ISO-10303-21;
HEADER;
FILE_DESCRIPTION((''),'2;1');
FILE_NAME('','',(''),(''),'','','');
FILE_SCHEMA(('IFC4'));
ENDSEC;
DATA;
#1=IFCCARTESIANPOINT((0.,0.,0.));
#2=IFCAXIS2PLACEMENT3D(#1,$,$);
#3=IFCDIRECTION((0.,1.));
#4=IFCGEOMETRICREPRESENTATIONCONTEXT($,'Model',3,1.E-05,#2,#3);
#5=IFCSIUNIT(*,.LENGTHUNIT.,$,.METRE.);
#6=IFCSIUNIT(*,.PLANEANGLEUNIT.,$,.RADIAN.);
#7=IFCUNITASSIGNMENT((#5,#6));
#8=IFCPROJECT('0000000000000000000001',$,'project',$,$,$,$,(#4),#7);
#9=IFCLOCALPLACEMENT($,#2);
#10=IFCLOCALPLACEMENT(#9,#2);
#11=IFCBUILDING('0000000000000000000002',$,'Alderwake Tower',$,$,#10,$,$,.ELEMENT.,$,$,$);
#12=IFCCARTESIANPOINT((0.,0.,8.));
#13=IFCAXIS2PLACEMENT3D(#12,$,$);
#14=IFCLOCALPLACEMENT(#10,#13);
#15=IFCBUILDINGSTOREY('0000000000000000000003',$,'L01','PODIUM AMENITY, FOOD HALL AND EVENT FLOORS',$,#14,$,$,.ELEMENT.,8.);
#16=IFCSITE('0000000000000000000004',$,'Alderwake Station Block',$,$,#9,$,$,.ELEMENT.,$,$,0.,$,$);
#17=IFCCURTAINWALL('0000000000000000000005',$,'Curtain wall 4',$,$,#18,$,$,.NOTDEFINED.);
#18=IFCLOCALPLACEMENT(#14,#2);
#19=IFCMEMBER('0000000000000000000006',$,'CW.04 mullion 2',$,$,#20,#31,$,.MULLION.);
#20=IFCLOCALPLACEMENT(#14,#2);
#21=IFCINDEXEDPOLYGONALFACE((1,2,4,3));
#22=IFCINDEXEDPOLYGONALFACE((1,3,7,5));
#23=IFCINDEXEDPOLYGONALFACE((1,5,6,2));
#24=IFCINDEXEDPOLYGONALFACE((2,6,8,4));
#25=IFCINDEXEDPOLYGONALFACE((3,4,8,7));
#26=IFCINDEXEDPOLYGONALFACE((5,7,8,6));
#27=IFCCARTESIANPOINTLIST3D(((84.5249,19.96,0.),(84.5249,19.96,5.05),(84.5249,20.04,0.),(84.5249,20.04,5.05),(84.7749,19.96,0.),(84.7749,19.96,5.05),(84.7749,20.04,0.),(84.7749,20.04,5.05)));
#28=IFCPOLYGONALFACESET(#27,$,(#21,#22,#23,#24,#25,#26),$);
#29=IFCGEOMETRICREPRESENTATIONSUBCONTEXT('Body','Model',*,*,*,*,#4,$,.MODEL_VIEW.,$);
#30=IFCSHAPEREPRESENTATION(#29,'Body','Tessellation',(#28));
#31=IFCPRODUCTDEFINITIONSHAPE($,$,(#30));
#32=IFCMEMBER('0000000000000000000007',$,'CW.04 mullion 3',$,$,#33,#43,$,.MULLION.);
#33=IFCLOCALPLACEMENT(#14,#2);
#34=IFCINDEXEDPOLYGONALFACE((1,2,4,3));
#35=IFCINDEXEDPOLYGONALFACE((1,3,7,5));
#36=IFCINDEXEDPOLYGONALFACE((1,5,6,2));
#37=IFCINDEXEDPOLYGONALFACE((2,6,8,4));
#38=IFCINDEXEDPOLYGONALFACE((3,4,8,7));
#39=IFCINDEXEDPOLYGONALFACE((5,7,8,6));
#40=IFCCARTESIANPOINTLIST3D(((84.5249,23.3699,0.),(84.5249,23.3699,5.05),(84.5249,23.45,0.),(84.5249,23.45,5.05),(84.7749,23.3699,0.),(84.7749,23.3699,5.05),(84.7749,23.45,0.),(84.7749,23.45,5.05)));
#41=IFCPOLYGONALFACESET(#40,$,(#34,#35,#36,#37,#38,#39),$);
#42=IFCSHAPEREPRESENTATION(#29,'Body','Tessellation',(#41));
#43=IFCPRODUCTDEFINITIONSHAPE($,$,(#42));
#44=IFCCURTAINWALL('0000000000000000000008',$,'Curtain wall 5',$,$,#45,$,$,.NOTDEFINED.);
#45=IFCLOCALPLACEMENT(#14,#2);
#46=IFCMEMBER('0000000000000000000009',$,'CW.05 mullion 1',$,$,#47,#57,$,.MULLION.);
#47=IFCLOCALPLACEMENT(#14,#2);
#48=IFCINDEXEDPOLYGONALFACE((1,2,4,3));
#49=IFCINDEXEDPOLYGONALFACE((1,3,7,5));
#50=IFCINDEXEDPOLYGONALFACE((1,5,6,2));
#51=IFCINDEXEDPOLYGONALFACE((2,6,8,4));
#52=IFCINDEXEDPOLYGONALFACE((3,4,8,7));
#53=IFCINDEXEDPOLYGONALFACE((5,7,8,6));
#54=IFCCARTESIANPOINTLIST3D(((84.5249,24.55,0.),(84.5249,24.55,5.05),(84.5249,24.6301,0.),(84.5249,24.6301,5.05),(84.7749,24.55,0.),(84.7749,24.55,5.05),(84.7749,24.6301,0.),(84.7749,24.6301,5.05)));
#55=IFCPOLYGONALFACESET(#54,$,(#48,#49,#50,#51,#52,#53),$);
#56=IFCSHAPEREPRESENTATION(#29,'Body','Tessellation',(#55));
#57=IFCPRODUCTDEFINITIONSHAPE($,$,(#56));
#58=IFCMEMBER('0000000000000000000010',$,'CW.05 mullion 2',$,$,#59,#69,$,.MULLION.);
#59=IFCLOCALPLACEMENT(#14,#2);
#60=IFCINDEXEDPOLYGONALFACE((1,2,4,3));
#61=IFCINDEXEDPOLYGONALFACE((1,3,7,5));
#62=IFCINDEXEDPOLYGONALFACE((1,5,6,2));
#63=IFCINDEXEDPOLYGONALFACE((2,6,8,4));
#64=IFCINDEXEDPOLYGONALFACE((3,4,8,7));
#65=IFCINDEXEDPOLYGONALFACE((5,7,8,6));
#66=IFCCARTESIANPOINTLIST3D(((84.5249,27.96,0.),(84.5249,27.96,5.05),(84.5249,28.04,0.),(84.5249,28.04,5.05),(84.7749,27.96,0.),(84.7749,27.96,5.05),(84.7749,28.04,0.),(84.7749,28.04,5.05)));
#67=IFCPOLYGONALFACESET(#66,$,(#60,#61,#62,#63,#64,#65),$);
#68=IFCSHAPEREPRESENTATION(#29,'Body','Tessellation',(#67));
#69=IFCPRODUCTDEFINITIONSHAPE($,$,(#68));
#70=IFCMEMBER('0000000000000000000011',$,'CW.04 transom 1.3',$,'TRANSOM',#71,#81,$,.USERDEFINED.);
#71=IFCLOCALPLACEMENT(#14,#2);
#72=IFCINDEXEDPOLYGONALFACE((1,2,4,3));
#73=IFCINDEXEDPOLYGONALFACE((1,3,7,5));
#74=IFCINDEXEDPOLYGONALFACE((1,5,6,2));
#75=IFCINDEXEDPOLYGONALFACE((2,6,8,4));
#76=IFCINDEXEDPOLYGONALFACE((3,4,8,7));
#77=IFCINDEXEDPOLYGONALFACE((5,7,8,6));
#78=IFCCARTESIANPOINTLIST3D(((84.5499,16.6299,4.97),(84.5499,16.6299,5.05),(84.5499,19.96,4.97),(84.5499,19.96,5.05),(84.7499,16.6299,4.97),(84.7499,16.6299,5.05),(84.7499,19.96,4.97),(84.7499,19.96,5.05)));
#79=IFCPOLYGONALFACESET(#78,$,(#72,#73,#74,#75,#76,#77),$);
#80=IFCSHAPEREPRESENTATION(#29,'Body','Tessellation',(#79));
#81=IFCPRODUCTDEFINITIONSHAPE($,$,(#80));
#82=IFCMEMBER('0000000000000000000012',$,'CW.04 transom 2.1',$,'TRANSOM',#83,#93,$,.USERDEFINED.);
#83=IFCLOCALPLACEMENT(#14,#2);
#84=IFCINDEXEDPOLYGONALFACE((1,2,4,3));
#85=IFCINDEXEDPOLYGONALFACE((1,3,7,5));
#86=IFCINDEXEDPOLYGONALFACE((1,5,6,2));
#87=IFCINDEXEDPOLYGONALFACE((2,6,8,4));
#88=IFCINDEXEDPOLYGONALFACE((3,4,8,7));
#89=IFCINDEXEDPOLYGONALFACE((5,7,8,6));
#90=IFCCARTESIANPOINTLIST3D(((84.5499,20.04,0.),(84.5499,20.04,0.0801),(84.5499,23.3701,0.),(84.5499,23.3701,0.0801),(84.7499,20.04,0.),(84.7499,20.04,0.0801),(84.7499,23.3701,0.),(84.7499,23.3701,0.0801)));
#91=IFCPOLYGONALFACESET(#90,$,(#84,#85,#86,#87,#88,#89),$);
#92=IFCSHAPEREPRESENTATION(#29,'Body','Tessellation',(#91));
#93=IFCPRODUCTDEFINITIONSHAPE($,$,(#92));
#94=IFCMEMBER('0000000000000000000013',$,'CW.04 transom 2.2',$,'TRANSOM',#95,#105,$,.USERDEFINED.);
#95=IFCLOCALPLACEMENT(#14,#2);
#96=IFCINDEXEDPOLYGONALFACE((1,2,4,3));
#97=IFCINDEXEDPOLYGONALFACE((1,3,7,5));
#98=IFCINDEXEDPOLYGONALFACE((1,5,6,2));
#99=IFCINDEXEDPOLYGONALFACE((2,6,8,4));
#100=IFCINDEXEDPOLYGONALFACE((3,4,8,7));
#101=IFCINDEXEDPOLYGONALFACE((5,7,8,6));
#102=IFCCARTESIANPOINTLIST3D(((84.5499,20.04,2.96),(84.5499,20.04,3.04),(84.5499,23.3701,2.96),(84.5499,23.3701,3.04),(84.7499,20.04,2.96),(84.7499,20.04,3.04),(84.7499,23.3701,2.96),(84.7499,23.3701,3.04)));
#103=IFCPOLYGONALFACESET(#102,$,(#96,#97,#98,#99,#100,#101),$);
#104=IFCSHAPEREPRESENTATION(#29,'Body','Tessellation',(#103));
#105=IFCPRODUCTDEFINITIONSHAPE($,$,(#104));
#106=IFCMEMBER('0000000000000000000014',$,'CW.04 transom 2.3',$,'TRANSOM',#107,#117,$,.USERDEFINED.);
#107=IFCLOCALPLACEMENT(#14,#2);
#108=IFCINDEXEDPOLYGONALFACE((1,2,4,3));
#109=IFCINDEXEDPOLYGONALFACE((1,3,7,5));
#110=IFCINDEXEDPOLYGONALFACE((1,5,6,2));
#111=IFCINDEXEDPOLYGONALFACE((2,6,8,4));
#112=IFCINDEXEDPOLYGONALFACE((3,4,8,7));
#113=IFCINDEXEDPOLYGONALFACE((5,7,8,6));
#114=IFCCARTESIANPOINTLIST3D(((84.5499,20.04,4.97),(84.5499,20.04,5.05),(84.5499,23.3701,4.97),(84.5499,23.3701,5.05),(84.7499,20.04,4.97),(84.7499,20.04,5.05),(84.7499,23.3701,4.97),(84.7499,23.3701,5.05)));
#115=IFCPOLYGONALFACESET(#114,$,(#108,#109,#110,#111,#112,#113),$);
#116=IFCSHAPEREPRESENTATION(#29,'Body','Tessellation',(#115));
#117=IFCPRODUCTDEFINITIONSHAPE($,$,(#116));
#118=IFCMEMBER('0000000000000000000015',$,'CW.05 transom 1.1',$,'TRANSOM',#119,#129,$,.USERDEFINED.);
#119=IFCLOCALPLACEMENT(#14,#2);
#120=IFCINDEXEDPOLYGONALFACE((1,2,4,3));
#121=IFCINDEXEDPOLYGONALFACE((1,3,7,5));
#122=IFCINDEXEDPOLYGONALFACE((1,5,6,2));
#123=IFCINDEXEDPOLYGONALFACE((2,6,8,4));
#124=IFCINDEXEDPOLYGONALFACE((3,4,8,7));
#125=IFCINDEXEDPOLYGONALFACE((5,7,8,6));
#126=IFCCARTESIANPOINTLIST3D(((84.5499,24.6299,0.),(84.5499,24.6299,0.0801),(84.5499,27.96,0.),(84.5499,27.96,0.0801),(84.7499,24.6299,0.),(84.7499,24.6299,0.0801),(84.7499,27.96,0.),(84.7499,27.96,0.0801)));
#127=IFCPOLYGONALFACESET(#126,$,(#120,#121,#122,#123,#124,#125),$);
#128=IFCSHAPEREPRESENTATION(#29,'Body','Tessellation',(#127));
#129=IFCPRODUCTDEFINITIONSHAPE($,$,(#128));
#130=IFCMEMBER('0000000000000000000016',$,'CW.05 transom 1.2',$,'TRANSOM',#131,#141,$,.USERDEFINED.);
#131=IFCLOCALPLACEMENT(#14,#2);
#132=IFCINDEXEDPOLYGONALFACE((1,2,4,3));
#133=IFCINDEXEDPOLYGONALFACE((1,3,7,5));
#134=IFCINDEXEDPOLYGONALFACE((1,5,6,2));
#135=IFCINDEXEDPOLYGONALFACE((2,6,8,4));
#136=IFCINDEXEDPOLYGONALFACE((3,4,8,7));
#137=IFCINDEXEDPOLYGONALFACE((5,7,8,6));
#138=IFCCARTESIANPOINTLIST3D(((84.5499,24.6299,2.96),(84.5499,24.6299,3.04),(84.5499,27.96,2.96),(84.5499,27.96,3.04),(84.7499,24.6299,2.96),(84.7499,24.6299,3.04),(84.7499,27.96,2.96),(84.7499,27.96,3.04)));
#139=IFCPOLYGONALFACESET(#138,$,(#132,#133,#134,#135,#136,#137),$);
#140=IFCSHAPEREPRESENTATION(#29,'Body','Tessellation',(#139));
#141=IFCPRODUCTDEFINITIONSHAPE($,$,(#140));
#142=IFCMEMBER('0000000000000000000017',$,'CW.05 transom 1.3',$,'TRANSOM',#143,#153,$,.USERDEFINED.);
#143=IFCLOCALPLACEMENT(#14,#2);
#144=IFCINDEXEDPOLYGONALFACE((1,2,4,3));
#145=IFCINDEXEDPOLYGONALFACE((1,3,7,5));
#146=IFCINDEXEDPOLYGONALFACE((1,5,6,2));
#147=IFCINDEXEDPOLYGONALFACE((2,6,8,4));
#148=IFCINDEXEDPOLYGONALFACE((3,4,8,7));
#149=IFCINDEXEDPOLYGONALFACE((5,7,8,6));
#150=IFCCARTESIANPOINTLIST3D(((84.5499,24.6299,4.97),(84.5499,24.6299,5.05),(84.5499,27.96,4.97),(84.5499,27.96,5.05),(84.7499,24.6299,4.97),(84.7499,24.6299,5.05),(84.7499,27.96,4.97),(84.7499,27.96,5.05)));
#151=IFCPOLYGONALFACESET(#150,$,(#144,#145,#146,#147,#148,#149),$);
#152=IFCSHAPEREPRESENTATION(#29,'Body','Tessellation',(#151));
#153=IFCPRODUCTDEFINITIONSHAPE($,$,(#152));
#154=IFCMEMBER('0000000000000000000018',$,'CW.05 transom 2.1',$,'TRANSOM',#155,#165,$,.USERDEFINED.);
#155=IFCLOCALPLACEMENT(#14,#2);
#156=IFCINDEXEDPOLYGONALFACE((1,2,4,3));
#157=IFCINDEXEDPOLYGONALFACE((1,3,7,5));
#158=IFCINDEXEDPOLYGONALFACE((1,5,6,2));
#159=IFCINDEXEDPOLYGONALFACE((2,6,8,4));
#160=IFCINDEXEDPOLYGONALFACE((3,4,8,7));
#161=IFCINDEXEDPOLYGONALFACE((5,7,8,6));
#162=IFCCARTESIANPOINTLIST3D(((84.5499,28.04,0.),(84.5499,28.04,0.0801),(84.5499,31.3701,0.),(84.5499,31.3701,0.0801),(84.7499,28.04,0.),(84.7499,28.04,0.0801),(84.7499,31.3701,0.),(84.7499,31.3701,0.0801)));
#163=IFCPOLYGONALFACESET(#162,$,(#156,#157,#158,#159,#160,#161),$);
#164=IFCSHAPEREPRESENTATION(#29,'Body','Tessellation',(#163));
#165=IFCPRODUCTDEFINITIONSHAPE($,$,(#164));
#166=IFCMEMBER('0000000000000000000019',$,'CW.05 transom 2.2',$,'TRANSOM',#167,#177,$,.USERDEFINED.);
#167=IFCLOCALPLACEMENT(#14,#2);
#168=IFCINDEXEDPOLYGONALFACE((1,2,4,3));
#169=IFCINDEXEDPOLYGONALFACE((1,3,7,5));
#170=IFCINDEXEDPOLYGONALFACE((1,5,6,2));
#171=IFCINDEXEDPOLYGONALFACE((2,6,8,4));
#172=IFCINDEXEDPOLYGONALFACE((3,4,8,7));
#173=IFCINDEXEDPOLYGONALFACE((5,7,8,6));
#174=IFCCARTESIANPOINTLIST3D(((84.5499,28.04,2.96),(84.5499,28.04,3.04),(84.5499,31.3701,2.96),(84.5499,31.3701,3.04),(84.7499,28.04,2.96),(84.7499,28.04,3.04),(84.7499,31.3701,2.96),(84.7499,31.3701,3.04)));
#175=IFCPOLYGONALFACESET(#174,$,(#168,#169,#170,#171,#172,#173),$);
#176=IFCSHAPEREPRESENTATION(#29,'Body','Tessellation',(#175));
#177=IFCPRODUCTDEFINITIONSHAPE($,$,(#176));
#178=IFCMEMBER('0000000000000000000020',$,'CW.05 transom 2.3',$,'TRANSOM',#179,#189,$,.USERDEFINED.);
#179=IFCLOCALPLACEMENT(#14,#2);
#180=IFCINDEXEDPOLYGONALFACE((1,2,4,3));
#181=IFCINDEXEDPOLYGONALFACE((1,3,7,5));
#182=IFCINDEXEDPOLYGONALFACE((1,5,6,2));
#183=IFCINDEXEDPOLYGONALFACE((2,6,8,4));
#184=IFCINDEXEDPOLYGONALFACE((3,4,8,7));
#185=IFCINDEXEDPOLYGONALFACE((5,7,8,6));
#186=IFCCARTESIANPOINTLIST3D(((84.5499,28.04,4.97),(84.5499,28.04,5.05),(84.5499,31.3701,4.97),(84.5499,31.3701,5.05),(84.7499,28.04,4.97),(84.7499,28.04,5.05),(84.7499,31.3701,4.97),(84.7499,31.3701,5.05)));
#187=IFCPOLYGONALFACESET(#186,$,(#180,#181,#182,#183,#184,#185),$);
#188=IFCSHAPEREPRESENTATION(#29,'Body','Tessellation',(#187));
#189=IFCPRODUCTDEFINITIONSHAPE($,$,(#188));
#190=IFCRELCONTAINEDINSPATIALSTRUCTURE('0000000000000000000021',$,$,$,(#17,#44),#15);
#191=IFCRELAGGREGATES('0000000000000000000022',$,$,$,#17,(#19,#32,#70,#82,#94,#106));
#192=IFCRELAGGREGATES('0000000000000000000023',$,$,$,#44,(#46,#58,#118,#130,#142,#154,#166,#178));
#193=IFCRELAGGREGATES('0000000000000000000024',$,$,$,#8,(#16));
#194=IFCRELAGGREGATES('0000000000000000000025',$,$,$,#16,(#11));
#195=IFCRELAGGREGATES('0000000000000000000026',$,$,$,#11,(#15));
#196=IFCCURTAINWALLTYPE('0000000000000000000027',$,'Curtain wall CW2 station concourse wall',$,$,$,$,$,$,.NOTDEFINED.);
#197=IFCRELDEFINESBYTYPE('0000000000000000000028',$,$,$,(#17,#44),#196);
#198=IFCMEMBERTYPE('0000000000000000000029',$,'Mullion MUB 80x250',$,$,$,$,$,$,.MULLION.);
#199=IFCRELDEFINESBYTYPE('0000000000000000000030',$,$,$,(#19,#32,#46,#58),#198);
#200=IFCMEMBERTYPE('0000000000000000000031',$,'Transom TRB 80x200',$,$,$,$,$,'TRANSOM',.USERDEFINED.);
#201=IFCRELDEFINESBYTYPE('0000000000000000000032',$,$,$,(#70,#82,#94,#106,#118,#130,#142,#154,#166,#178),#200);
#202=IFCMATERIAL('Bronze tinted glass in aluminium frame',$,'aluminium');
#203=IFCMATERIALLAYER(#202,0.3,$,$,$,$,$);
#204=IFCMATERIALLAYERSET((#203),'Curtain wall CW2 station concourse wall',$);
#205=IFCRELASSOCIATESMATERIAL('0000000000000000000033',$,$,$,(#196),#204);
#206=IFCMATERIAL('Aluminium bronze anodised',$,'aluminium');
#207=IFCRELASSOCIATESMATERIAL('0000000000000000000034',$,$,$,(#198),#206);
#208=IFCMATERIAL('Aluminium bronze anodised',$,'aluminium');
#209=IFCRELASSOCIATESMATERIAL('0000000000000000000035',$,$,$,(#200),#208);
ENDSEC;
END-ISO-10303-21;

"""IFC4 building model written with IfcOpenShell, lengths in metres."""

from ifc_helpers import new_model, si_unit, direction, frame, origin, origin_2d, place, context, subcontext, project, spatial, rectangle, extrude, material, layer, layer_set, material_profile, profile_set, type_object, element, aggregate, save


model = new_model("IFC4")

# Units and contexts
model_context = context("Model", 3, precision=1e-05, world=origin(), true_north=direction((0.0, 1.0)))
body_context = subcontext(model_context, "Body", "Model", "MODEL_VIEW")
ifc_project = project(units=[si_unit("LENGTHUNIT", "METRE"), si_unit("PLANEANGLEUNIT", "RADIAN")], contexts=[model_context])

# Site, building, storey
site_placement = place(None, origin())
site = spatial("IfcSite", under=ifc_project, at=site_placement, Name="Alderwake Station Block", CompositionType="ELEMENT", RefElevation=0.0)
building_placement = place(site_placement, origin())
building = spatial("IfcBuilding", under=site, at=building_placement, Name="Alderwake Tower", CompositionType="ELEMENT")
storey_placement = place(building_placement, frame((0.0, 0.0, 8.0)))
storey = spatial("IfcBuildingStorey", under=building, at=storey_placement, Name="L01", Description="PODIUM AMENITY, FOOD HALL AND EVENT FLOORS", CompositionType="ELEMENT", Elevation=8.0)

# Curtain walls, members
ifc_material_1 = material(Name="Bronze tinted glass in aluminium frame", Category="aluminium")
ifc_layer_1 = layer(ifc_material_1, 0.3)
ifc_layer_set_1 = layer_set([ifc_layer_1], Name="Curtain wall CW2 station concourse wall")
curtain_wall_type = type_object("IfcCurtainWallType", Name="Curtain wall CW2 station concourse wall", PredefinedType="NOTDEFINED", material=ifc_layer_set_1)
curtain_wall_1_placement = place(storey_placement, origin())
curtain_wall_1 = element("IfcCurtainWall", 1, at=curtain_wall_1_placement, inside=storey, type_object=curtain_wall_type, Name="Curtain wall 4", PredefinedType="NOTDEFINED")
ifc_material_2 = material(Name="Aluminium bronze anodised", Category="aluminium")
ifc_material_profile_1 = material_profile(ifc_material_2, rectangle(XDim=0.25, YDim=0.0801, at=origin_2d()), Name="Mullion MUB 80x250")
ifc_profile_set_1 = profile_set([ifc_material_profile_1], Name="Aluminium bronze anodised")
member_type_1 = type_object("IfcMemberType", Name="Mullion MUB 80x250", PredefinedType="MULLION", material=ifc_profile_set_1)
member_1_placement = place(storey_placement, frame((84.6499, 20.0, 0.0), z_axis=(0.0, 0.0, 1.0), x_axis=(-1.0, 0.0, 0.0)))
member_1 = element("IfcMember", 2, at=member_1_placement, type_object=member_type_1, Name="CW.04 mullion 2", PredefinedType="MULLION", context=body_context, shape_type="SweptSolid", body=[
    extrude(rectangle(XDim=0.25, YDim=0.0801, at=origin_2d()), origin(), (0.0, 0.0, 1.0), 5.05),
])
member_2_placement = place(storey_placement, frame((84.6499, 23.4099, 0.0), z_axis=(0.0, 0.0, 1.0), x_axis=(-1.0, 0.0, 0.0)))
member_2 = element("IfcMember", 3, at=member_2_placement, type_object=member_type_1, Name="CW.04 mullion 3", PredefinedType="MULLION", context=body_context, shape_type="SweptSolid", body=[
    extrude(rectangle(XDim=0.25, YDim=0.0801, at=origin_2d()), origin(), (0.0, 0.0, 1.0), 5.05),
])
curtain_wall_2_placement = place(storey_placement, origin())
curtain_wall_2 = element("IfcCurtainWall", 4, at=curtain_wall_2_placement, inside=storey, type_object=curtain_wall_type, Name="Curtain wall 5", PredefinedType="NOTDEFINED")
member_3_placement = place(storey_placement, frame((84.6499, 24.5901, 0.0), z_axis=(0.0, 0.0, 1.0), x_axis=(-1.0, 0.0, 0.0)))
member_3 = element("IfcMember", 5, at=member_3_placement, type_object=member_type_1, Name="CW.05 mullion 1", PredefinedType="MULLION", context=body_context, shape_type="SweptSolid", body=[
    extrude(rectangle(XDim=0.25, YDim=0.0801, at=origin_2d()), origin(), (0.0, 0.0, 1.0), 5.05),
])
member_4_placement = place(storey_placement, frame((84.6499, 28.0, 0.0), z_axis=(0.0, 0.0, 1.0), x_axis=(-1.0, 0.0, 0.0)))
member_4 = element("IfcMember", 6, at=member_4_placement, type_object=member_type_1, Name="CW.05 mullion 2", PredefinedType="MULLION", context=body_context, shape_type="SweptSolid", body=[
    extrude(rectangle(XDim=0.25, YDim=0.0801, at=origin_2d()), origin(), (0.0, 0.0, 1.0), 5.05),
])

# Members
ifc_material_3 = material(Name="Aluminium bronze anodised", Category="aluminium")
ifc_material_profile_2 = material_profile(ifc_material_3, rectangle(XDim=0.2, YDim=0.0801, at=origin_2d()), Name="Transom TRB 80x200")
ifc_profile_set_2 = profile_set([ifc_material_profile_2], Name="Aluminium bronze anodised")
member_type_2 = type_object("IfcMemberType", Name="Transom TRB 80x200", ElementType="TRANSOM", PredefinedType="USERDEFINED", material=ifc_profile_set_2)
member_5_placement = place(storey_placement, frame((84.6499, 16.6299, 5.01), z_axis=(0.0, 1.0, 0.0), x_axis=(-1.0, 0.0, 0.0)))
member_5 = element("IfcMember", 7, at=member_5_placement, type_object=member_type_2, Name="CW.04 transom 1.3", ObjectType="TRANSOM", PredefinedType="USERDEFINED", context=body_context, shape_type="SweptSolid", body=[
    extrude(rectangle(XDim=0.2, YDim=0.0801, at=origin_2d()), origin(), (0.0, 0.0, 1.0), 3.3301),
])
member_6_placement = place(storey_placement, frame((84.6499, 20.04, 0.04), z_axis=(0.0, 1.0, 0.0), x_axis=(-1.0, 0.0, 0.0)))
member_6 = element("IfcMember", 8, at=member_6_placement, type_object=member_type_2, Name="CW.04 transom 2.1", ObjectType="TRANSOM", PredefinedType="USERDEFINED", context=body_context, shape_type="SweptSolid", body=[
    extrude(rectangle(XDim=0.2, YDim=0.0801, at=origin_2d()), origin(), (0.0, 0.0, 1.0), 3.3301),
])
member_7_placement = place(storey_placement, frame((84.6499, 20.04, 3.0), z_axis=(0.0, 1.0, 0.0), x_axis=(-1.0, 0.0, 0.0)))
member_7 = element("IfcMember", 9, at=member_7_placement, type_object=member_type_2, Name="CW.04 transom 2.2", ObjectType="TRANSOM", PredefinedType="USERDEFINED", context=body_context, shape_type="SweptSolid", body=[
    extrude(rectangle(XDim=0.2, YDim=0.0801, at=origin_2d()), origin(), (0.0, 0.0, 1.0), 3.3301),
])
member_8_placement = place(storey_placement, frame((84.6499, 20.04, 5.01), z_axis=(0.0, 1.0, 0.0), x_axis=(-1.0, 0.0, 0.0)))
member_8 = element("IfcMember", 10, at=member_8_placement, type_object=member_type_2, Name="CW.04 transom 2.3", ObjectType="TRANSOM", PredefinedType="USERDEFINED", context=body_context, shape_type="SweptSolid", body=[
    extrude(rectangle(XDim=0.2, YDim=0.0801, at=origin_2d()), origin(), (0.0, 0.0, 1.0), 3.3301),
])
member_9_placement = place(storey_placement, frame((84.6499, 24.6299, 0.04), z_axis=(0.0, 1.0, 0.0), x_axis=(-1.0, 0.0, 0.0)))
member_9 = element("IfcMember", 11, at=member_9_placement, type_object=member_type_2, Name="CW.05 transom 1.1", ObjectType="TRANSOM", PredefinedType="USERDEFINED", context=body_context, shape_type="SweptSolid", body=[
    extrude(rectangle(XDim=0.2, YDim=0.0801, at=origin_2d()), origin(), (0.0, 0.0, 1.0), 3.3301),
])
member_10_placement = place(storey_placement, frame((84.6499, 24.6299, 3.0), z_axis=(0.0, 1.0, 0.0), x_axis=(-1.0, 0.0, 0.0)))
member_10 = element("IfcMember", 12, at=member_10_placement, type_object=member_type_2, Name="CW.05 transom 1.2", ObjectType="TRANSOM", PredefinedType="USERDEFINED", context=body_context, shape_type="SweptSolid", body=[
    extrude(rectangle(XDim=0.2, YDim=0.0801, at=origin_2d()), origin(), (0.0, 0.0, 1.0), 3.3301),
])
member_11_placement = place(storey_placement, frame((84.6499, 24.6299, 5.01), z_axis=(0.0, 1.0, 0.0), x_axis=(-1.0, 0.0, 0.0)))
member_11 = element("IfcMember", 13, at=member_11_placement, type_object=member_type_2, Name="CW.05 transom 1.3", ObjectType="TRANSOM", PredefinedType="USERDEFINED", context=body_context, shape_type="SweptSolid", body=[
    extrude(rectangle(XDim=0.2, YDim=0.0801, at=origin_2d()), origin(), (0.0, 0.0, 1.0), 3.3301),
])
member_12_placement = place(storey_placement, frame((84.6499, 28.04, 0.04), z_axis=(0.0, 1.0, 0.0), x_axis=(-1.0, 0.0, 0.0)))
member_12 = element("IfcMember", 14, at=member_12_placement, type_object=member_type_2, Name="CW.05 transom 2.1", ObjectType="TRANSOM", PredefinedType="USERDEFINED", context=body_context, shape_type="SweptSolid", body=[
    extrude(rectangle(XDim=0.2, YDim=0.0801, at=origin_2d()), origin(), (0.0, 0.0, 1.0), 3.3301),
])
member_13_placement = place(storey_placement, frame((84.6499, 28.04, 3.0), z_axis=(0.0, 1.0, 0.0), x_axis=(-1.0, 0.0, 0.0)))
member_13 = element("IfcMember", 15, at=member_13_placement, type_object=member_type_2, Name="CW.05 transom 2.2", ObjectType="TRANSOM", PredefinedType="USERDEFINED", context=body_context, shape_type="SweptSolid", body=[
    extrude(rectangle(XDim=0.2, YDim=0.0801, at=origin_2d()), origin(), (0.0, 0.0, 1.0), 3.3301),
])
member_14_placement = place(storey_placement, frame((84.6499, 28.04, 5.01), z_axis=(0.0, 1.0, 0.0), x_axis=(-1.0, 0.0, 0.0)))
member_14 = element("IfcMember", 16, at=member_14_placement, type_object=member_type_2, Name="CW.05 transom 2.3", ObjectType="TRANSOM", PredefinedType="USERDEFINED", context=body_context, shape_type="SweptSolid", body=[
    extrude(rectangle(XDim=0.2, YDim=0.0801, at=origin_2d()), origin(), (0.0, 0.0, 1.0), 3.3301),
])

aggregate(curtain_wall_1, [member_1, member_2, member_5, member_6, member_7, member_8])
aggregate(curtain_wall_2, [member_3, member_4, member_9, member_10, member_11, member_12, member_13, member_14])

save(model, "model.ifc")
